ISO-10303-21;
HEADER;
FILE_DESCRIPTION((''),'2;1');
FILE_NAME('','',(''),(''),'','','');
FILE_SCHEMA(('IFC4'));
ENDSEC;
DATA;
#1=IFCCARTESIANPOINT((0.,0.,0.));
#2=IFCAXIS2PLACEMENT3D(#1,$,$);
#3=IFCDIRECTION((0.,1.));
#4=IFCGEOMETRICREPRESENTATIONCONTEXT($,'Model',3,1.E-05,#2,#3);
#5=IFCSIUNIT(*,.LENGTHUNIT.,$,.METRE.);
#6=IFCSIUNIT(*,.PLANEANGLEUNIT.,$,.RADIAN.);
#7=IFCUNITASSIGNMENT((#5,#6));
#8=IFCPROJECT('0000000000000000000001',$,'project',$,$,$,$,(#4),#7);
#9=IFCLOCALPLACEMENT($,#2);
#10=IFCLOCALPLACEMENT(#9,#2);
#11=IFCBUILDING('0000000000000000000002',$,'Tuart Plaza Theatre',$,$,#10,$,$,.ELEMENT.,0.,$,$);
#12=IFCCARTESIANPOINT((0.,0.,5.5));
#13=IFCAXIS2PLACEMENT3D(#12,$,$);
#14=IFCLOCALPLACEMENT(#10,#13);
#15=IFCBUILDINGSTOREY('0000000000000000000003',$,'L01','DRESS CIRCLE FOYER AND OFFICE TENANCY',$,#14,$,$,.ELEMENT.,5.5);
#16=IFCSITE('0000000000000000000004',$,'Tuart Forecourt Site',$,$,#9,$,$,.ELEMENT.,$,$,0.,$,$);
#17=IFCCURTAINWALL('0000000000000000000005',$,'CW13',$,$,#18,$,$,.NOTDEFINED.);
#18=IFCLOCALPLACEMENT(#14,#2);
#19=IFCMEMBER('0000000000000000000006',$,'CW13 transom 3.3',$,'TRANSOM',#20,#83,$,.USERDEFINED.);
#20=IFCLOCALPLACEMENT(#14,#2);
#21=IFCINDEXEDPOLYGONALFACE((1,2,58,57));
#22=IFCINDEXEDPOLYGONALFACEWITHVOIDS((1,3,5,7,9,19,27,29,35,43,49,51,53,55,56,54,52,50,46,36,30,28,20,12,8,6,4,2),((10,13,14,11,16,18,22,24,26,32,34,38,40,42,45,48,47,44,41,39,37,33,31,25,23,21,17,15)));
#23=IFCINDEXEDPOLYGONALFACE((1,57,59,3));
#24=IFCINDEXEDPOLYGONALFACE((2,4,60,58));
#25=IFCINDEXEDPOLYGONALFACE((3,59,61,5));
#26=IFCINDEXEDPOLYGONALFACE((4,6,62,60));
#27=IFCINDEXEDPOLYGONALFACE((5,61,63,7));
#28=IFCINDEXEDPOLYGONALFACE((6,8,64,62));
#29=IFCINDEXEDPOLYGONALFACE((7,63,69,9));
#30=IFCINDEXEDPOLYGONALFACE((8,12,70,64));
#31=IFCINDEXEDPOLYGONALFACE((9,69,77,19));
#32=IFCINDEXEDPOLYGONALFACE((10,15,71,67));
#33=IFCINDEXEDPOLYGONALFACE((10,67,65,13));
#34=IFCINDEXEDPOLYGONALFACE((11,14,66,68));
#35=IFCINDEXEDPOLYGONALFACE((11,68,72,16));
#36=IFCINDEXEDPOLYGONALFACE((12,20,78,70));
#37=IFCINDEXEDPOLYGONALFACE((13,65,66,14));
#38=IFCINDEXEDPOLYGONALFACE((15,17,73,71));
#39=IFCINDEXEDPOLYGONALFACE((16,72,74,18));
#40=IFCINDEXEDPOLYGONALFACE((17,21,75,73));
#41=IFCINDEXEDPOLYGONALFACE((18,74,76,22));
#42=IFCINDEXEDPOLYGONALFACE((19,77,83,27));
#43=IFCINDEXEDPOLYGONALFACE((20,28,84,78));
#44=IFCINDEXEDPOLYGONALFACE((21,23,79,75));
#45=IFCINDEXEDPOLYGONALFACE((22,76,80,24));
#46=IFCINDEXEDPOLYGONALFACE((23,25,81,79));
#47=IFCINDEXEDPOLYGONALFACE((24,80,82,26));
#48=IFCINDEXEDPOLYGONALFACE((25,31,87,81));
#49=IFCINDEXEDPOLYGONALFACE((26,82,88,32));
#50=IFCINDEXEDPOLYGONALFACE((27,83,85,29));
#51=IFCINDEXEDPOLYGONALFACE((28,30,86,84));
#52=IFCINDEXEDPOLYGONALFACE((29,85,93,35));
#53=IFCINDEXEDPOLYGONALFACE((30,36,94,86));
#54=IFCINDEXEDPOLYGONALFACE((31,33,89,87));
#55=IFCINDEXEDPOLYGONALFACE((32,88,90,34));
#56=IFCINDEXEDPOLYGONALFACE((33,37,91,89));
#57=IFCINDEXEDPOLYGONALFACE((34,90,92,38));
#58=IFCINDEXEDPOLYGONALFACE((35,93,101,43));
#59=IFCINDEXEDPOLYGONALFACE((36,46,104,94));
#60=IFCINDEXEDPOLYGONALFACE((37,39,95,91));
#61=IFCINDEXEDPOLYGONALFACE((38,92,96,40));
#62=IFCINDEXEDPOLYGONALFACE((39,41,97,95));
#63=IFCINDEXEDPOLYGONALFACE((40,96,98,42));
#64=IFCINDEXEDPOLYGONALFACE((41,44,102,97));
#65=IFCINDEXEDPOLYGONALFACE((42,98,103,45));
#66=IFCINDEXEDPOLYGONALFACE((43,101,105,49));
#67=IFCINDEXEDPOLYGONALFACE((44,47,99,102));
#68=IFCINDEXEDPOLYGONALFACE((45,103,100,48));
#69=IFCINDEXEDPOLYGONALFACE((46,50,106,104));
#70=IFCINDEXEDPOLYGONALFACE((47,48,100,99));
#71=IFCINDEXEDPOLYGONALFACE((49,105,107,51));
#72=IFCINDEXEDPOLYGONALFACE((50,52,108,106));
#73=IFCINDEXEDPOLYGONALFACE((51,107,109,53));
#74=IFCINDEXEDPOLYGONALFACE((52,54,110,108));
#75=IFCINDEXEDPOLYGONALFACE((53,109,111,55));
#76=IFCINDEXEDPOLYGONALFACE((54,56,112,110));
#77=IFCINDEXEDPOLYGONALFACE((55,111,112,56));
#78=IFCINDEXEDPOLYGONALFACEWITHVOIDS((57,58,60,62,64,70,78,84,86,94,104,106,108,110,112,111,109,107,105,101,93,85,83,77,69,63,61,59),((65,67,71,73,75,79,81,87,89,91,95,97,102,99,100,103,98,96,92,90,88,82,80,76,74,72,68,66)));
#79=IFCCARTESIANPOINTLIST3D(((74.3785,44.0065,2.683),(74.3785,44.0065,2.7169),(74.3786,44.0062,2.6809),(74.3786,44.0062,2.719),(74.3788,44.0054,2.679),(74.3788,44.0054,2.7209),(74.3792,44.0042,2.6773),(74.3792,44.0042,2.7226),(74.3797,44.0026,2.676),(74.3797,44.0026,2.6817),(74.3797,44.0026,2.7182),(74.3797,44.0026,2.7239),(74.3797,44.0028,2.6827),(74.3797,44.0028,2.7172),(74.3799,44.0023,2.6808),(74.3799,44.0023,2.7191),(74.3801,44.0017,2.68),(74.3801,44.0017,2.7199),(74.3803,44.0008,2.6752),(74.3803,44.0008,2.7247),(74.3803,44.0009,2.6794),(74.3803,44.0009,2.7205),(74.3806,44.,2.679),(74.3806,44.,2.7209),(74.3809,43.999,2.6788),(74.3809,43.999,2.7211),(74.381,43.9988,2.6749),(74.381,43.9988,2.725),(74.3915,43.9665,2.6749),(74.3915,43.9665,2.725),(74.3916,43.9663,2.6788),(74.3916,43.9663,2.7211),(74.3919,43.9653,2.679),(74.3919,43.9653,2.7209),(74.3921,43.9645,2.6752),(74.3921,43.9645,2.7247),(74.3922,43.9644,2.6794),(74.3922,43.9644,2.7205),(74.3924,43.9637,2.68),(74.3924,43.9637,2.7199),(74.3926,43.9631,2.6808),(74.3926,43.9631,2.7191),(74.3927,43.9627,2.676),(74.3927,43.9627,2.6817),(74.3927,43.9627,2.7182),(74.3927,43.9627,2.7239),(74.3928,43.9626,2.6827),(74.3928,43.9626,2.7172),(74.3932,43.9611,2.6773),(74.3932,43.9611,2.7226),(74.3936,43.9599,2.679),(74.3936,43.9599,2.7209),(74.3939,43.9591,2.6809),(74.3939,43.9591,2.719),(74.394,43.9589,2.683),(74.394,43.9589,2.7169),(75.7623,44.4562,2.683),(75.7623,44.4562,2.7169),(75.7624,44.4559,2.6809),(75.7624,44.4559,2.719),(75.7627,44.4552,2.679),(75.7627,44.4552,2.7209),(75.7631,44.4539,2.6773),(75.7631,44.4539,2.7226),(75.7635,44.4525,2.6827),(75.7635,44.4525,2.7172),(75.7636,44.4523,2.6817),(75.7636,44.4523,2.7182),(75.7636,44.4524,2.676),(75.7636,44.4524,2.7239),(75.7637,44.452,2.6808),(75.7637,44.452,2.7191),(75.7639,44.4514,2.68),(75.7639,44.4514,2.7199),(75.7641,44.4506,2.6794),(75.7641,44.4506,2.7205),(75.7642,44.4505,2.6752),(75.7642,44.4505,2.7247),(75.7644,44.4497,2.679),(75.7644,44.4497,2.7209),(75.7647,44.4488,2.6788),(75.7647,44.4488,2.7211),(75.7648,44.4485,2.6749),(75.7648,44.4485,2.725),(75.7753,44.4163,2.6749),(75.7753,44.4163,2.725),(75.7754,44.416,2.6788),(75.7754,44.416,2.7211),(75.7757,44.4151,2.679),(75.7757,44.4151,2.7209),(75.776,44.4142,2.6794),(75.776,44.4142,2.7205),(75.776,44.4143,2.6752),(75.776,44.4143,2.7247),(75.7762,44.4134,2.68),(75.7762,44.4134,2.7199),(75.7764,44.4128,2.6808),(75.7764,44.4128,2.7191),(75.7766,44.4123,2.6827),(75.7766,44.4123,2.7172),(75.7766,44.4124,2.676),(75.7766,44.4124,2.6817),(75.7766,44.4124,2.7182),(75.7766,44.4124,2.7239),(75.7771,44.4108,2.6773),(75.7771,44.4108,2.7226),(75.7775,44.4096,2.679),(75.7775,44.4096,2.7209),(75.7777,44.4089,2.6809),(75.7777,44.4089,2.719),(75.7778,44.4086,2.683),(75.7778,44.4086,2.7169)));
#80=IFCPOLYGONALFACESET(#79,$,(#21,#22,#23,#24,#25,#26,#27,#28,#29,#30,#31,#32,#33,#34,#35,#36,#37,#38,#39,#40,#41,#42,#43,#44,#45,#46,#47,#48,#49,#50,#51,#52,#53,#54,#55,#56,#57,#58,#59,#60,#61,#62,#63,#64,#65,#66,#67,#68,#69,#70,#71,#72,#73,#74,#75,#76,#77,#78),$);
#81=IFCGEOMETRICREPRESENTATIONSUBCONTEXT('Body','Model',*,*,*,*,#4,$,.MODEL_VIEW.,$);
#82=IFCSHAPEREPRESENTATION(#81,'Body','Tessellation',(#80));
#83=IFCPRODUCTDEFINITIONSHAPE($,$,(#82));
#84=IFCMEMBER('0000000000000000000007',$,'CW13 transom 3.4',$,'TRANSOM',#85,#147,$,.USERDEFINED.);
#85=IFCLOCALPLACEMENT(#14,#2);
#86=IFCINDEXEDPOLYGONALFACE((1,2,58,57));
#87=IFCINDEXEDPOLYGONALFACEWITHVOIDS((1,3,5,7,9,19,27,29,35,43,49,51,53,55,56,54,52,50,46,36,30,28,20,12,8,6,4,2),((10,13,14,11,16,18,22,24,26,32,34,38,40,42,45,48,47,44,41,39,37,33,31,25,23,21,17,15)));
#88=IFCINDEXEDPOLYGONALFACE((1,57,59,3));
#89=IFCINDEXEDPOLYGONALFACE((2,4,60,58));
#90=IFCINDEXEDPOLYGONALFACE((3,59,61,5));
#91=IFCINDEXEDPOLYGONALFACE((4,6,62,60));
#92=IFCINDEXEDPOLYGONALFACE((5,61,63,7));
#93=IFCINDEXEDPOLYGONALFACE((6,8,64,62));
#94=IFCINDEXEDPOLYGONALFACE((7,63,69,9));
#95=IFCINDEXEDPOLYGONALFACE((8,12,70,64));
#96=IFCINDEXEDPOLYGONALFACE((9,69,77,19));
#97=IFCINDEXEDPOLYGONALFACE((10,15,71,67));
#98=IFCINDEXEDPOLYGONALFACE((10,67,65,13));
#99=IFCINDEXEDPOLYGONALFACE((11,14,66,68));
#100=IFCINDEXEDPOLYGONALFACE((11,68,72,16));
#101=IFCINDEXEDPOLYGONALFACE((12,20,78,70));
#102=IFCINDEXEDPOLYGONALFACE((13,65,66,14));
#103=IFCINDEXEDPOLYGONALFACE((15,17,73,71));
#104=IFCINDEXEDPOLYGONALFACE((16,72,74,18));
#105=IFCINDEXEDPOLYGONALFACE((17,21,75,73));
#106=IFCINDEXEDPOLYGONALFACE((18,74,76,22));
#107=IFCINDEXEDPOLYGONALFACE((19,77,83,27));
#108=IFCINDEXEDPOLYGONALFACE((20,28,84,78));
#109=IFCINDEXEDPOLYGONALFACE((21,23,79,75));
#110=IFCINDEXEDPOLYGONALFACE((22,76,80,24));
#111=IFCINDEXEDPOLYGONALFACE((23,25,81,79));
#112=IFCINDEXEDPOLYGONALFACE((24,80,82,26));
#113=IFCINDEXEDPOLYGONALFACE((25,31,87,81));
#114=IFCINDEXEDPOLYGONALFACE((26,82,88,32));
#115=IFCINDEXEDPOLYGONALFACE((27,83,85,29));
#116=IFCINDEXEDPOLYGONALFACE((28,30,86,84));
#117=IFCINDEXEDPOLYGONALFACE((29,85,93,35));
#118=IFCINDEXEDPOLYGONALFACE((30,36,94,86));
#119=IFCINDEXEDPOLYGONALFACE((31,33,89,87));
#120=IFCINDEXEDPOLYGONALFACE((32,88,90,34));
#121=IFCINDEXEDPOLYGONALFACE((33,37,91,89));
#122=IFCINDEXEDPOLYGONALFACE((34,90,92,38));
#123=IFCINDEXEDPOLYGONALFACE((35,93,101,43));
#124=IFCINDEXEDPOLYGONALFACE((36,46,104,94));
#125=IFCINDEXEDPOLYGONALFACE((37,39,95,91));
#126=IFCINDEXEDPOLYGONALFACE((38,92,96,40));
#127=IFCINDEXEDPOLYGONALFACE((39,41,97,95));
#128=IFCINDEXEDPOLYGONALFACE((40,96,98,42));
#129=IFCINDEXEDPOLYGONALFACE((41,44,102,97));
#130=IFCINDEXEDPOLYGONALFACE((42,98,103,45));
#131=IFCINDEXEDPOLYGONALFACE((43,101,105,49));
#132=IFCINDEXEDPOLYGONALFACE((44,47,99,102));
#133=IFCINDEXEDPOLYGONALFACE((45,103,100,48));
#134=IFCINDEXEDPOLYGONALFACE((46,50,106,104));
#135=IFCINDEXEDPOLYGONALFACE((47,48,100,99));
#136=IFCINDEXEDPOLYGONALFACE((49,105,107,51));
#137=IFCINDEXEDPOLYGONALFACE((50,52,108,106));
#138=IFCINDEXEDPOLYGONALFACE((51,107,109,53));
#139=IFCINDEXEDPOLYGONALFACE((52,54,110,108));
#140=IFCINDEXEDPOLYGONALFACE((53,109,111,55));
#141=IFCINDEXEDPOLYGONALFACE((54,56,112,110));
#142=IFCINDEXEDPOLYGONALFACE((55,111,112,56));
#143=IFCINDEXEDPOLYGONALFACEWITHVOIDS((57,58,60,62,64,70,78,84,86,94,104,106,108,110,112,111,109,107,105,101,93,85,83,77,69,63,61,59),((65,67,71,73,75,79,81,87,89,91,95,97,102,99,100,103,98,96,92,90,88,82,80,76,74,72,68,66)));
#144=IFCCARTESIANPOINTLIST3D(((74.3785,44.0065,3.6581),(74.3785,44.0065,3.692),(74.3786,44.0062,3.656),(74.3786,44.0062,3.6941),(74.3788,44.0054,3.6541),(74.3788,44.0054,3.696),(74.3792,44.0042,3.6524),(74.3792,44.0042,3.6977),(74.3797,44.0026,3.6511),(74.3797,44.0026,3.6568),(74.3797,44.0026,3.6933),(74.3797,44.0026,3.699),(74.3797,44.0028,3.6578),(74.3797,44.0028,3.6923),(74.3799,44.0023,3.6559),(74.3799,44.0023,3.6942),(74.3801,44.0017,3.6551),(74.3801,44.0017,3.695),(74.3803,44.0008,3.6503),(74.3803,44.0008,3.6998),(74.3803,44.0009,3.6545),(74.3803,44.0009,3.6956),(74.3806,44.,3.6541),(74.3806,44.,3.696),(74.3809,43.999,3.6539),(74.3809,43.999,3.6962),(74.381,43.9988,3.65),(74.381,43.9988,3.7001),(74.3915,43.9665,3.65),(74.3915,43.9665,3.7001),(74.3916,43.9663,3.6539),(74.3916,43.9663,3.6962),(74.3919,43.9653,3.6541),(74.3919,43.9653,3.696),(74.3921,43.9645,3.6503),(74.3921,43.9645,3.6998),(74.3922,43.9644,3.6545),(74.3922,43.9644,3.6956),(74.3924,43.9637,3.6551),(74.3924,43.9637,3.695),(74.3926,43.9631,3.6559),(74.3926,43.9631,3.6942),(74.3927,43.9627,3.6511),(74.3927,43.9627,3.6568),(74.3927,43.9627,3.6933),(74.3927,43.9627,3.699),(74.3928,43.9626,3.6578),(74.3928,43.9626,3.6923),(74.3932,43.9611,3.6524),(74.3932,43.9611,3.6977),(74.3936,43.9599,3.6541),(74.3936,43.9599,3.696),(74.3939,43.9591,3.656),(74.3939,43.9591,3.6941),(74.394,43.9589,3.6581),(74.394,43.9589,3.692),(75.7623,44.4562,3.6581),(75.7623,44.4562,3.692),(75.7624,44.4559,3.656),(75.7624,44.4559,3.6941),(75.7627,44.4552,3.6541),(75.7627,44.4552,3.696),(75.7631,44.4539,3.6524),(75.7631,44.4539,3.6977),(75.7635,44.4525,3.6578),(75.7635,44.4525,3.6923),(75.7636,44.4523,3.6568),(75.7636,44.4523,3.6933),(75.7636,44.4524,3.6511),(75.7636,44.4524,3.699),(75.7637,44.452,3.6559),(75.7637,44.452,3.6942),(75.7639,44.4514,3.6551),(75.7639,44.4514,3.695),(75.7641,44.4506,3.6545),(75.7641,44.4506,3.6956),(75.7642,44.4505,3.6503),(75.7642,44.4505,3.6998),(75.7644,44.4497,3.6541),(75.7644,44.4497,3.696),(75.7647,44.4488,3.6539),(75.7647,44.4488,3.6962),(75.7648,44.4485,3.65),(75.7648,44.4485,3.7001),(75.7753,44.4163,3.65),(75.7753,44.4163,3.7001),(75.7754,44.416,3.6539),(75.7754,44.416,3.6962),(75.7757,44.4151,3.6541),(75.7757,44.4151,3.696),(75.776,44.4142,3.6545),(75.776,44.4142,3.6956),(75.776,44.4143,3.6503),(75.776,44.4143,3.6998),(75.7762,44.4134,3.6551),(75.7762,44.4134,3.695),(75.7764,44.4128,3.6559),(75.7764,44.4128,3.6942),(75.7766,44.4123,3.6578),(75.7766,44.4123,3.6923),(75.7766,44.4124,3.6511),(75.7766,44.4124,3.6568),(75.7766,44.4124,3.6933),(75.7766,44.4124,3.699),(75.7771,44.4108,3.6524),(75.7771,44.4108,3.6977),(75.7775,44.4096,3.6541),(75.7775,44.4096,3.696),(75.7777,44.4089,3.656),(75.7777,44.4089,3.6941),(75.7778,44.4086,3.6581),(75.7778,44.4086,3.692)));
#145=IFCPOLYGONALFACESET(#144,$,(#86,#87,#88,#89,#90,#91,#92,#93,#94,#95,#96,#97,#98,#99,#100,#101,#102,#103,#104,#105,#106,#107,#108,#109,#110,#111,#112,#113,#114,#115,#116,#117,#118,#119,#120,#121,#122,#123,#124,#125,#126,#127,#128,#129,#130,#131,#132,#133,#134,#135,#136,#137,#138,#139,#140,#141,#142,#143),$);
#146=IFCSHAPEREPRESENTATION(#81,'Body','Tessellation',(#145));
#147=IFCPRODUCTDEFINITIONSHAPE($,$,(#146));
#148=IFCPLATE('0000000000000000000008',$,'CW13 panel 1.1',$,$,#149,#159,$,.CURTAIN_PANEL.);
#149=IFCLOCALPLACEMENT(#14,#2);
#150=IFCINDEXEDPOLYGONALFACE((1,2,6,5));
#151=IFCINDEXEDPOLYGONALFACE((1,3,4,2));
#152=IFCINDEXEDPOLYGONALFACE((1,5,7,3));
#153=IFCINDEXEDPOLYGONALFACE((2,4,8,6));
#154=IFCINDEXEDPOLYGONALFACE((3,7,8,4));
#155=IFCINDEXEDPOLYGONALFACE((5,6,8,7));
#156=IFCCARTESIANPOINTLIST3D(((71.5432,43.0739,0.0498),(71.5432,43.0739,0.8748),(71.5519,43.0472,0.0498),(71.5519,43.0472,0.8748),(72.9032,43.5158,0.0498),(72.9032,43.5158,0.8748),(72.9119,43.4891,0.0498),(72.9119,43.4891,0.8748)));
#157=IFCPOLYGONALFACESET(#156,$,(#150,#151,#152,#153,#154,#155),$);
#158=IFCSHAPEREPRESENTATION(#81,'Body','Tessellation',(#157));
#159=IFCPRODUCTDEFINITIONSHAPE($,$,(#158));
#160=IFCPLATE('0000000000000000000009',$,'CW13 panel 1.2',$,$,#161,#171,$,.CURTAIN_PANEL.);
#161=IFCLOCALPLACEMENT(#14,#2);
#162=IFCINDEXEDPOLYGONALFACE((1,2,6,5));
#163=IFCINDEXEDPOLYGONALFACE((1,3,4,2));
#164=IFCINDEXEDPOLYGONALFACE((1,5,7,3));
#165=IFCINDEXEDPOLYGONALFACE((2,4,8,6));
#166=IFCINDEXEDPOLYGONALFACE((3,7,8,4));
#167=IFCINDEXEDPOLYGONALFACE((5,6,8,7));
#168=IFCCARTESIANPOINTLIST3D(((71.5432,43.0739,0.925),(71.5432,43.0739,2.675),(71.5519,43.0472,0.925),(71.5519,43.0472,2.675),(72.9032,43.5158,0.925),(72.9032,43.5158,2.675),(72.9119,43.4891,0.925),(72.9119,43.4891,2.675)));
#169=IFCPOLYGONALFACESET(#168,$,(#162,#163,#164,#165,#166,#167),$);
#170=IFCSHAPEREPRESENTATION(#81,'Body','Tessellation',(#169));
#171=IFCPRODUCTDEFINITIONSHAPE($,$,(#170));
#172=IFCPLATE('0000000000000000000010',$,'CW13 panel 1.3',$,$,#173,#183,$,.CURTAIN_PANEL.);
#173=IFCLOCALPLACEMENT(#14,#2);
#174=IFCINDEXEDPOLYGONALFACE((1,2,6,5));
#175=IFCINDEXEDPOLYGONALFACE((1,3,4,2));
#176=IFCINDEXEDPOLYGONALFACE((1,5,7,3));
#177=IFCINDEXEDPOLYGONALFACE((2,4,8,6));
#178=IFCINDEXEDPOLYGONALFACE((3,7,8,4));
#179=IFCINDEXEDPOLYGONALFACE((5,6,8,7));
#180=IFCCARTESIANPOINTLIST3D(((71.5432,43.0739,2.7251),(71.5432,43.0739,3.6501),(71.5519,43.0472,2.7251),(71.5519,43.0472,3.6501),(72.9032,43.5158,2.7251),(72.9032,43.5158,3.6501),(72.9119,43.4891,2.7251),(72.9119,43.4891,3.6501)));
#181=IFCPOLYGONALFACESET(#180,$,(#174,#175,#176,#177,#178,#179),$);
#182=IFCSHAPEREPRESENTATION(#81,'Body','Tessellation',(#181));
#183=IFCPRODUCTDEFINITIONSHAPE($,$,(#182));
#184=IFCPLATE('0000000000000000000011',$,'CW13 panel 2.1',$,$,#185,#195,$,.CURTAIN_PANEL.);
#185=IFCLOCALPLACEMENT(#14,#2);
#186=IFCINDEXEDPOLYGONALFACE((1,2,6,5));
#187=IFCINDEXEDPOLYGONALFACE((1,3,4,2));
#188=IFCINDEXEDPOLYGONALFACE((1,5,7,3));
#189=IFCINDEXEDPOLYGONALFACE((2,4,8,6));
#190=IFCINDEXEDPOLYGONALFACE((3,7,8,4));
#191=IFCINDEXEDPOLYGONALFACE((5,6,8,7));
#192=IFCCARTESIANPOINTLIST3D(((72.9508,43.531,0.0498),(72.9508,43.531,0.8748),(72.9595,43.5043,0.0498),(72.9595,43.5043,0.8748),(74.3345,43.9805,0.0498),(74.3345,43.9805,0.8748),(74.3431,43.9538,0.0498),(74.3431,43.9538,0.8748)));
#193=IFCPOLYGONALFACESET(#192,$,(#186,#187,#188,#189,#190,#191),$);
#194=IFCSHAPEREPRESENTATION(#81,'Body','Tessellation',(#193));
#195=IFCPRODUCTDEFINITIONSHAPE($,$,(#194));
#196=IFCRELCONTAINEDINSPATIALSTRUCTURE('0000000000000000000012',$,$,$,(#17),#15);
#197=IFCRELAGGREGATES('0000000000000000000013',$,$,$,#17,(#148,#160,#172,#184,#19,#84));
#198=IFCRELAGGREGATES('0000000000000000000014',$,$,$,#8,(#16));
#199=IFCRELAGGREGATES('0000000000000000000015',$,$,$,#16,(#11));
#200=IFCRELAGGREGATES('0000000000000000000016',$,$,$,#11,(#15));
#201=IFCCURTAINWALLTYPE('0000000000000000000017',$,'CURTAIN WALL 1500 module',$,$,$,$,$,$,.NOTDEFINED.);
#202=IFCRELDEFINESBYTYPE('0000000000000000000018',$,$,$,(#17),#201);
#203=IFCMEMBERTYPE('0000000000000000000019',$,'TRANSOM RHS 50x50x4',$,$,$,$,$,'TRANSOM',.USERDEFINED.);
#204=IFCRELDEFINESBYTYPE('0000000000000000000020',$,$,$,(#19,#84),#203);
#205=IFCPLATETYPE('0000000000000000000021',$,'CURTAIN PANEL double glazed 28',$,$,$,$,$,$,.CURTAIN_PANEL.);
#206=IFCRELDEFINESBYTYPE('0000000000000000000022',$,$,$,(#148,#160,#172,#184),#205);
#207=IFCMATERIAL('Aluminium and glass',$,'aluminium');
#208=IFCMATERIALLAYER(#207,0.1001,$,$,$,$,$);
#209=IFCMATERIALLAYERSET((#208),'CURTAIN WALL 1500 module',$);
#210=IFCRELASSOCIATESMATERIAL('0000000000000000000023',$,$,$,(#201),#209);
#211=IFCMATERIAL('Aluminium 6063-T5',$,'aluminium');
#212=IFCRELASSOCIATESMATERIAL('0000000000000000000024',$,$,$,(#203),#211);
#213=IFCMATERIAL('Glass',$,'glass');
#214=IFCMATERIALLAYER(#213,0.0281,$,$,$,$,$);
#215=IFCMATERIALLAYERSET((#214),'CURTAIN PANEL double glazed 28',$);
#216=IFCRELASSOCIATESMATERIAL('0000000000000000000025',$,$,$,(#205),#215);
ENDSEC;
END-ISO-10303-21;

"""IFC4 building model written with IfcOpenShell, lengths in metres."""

from ifc_helpers import new_model, si_unit, direction, frame, origin, origin_2d, place, context, subcontext, project, spatial, rectangle, hollow_rectangle, extrude, material, layer, layer_set, material_profile, profile_set, type_object, element, aggregate, save


model = new_model("IFC4")

# Units and contexts
model_context = context("Model", 3, precision=1e-05, world=origin(), true_north=direction((0.0, 1.0)))
body_context = subcontext(model_context, "Body", "Model", "MODEL_VIEW")
ifc_project = project(units=[si_unit("LENGTHUNIT", "METRE"), si_unit("PLANEANGLEUNIT", "RADIAN")], contexts=[model_context])

# Site, building, storey
site_placement = place(None, origin())
site = spatial("IfcSite", under=ifc_project, at=site_placement, Name="Tuart Forecourt Site", CompositionType="ELEMENT", RefElevation=0.0)
building_placement = place(site_placement, origin())
building = spatial("IfcBuilding", under=site, at=building_placement, Name="Tuart Plaza Theatre", CompositionType="ELEMENT", ElevationOfRefHeight=0.0)
storey_placement = place(building_placement, frame((0.0, 0.0, 5.5)))
storey = spatial("IfcBuildingStorey", under=building, at=storey_placement, Name="L01", Description="DRESS CIRCLE FOYER AND OFFICE TENANCY", CompositionType="ELEMENT", Elevation=5.5)

# Curtain wall, members, plates
ifc_material_1 = material(Name="Aluminium and glass", Category="aluminium")
ifc_layer_1 = layer(ifc_material_1, 0.1001)
ifc_layer_set_1 = layer_set([ifc_layer_1], Name="CURTAIN WALL 1500 module")
curtain_wall_type = type_object("IfcCurtainWallType", Name="CURTAIN WALL 1500 module", PredefinedType="NOTDEFINED", material=ifc_layer_set_1)
curtain_wall_placement = place(storey_placement, origin())
curtain_wall = element("IfcCurtainWall", 1, at=curtain_wall_placement, inside=storey, type_object=curtain_wall_type, Name="CW13", PredefinedType="NOTDEFINED")
ifc_material_2 = material(Name="Aluminium 6063-T5", Category="aluminium")
ifc_material_profile_1 = material_profile(ifc_material_2, hollow_rectangle(XDim=0.05, YDim=0.05, WallThickness=0.0039, InnerFilletRadius=0.0039, OuterFilletRadius=0.0081, at=origin_2d()), Name="RHS 50x50x4")
ifc_profile_set_1 = profile_set([ifc_material_profile_1], Name="Aluminium 6063-T5")
member_type_1 = type_object("IfcMemberType", Name="TRANSOM RHS 50x50x4", ElementType="TRANSOM", PredefinedType="USERDEFINED", material=ifc_profile_set_1)
member_1_placement = place(storey_placement, frame((74.3862, 43.9827, 2.7), z_axis=(0.951039, 0.309071, 0.0), x_axis=(-0.309071, 0.951039, 0.0)))
member_1 = element("IfcMember", 2, at=member_1_placement, type_object=member_type_1, Name="CW13 transom 3.3", ObjectType="TRANSOM", PredefinedType="USERDEFINED", context=body_context, shape_type="SweptSolid", body=[
    extrude(hollow_rectangle(XDim=0.05, YDim=0.05, WallThickness=0.0039, InnerFilletRadius=0.0039, OuterFilletRadius=0.0081, at=origin_2d()), origin(), (0.0, 0.0, 1.0), 1.4551),
])
member_2_placement = place(storey_placement, frame((74.3862, 43.9827, 3.675), z_axis=(0.951039, 0.309071, 0.0), x_axis=(-0.309071, 0.951039, 0.0)))
member_2 = element("IfcMember", 3, at=member_2_placement, type_object=member_type_1, Name="CW13 transom 3.4", ObjectType="TRANSOM", PredefinedType="USERDEFINED", context=body_context, shape_type="SweptSolid", body=[
    extrude(hollow_rectangle(XDim=0.05, YDim=0.05, WallThickness=0.0039, InnerFilletRadius=0.0039, OuterFilletRadius=0.0081, at=origin_2d()), origin(), (0.0, 0.0, 1.0), 1.4551),
])
ifc_material_3 = material(Name="Glass", Category="glass")
ifc_layer_2 = layer(ifc_material_3, 0.0281)
ifc_layer_set_2 = layer_set([ifc_layer_2], Name="CURTAIN PANEL double glazed 28")
plate_type = type_object("IfcPlateType", Name="CURTAIN PANEL double glazed 28", PredefinedType="CURTAIN_PANEL", material=ifc_layer_set_2)
plate_1_placement = place(storey_placement, frame((72.2275, 43.2815, 0.0498), z_axis=(0.0, 0.0, 1.0), x_axis=(0.951067, 0.308986, 0.0)))
plate_1 = element("IfcPlate", 4, at=plate_1_placement, type_object=plate_type, Name="CW13 panel 1.1", PredefinedType="CURTAIN_PANEL", context=body_context, shape_type="SweptSolid", body=[
    extrude(rectangle(XDim=1.4299, YDim=0.0281, at=origin_2d()), origin(), (0.0, 0.0, 1.0), 0.825),
])
plate_2_placement = place(storey_placement, frame((72.2275, 43.2815, 0.925), z_axis=(0.0, 0.0, 1.0), x_axis=(0.951067, 0.308986, 0.0)))
plate_2 = element("IfcPlate", 5, at=plate_2_placement, type_object=plate_type, Name="CW13 panel 1.2", PredefinedType="CURTAIN_PANEL", context=body_context, shape_type="SweptSolid", body=[
    extrude(rectangle(XDim=1.4299, YDim=0.0281, at=origin_2d()), origin(), (0.0, 0.0, 1.0), 1.75),
])
plate_3_placement = place(storey_placement, frame((72.2275, 43.2815, 2.7251), z_axis=(0.0, 0.0, 1.0), x_axis=(0.951067, 0.308986, 0.0)))
plate_3 = element("IfcPlate", 6, at=plate_3_placement, type_object=plate_type, Name="CW13 panel 1.3", PredefinedType="CURTAIN_PANEL", context=body_context, shape_type="SweptSolid", body=[
    extrude(rectangle(XDim=1.4299, YDim=0.0281, at=origin_2d()), origin(), (0.0, 0.0, 1.0), 0.925),
])
plate_4_placement = place(storey_placement, frame((73.647, 43.7424, 0.0498), z_axis=(0.0, 0.0, 1.0), x_axis=(0.951067, 0.308986, 0.0)))
plate_4 = element("IfcPlate", 7, at=plate_4_placement, type_object=plate_type, Name="CW13 panel 2.1", PredefinedType="CURTAIN_PANEL", context=body_context, shape_type="SweptSolid", body=[
    extrude(rectangle(XDim=1.4548, YDim=0.0281, at=origin_2d()), origin(), (0.0, 0.0, 1.0), 0.825),
])
aggregate(curtain_wall, [plate_1, plate_2, plate_3, plate_4, member_1, member_2])

save(model, "model.ifc")
